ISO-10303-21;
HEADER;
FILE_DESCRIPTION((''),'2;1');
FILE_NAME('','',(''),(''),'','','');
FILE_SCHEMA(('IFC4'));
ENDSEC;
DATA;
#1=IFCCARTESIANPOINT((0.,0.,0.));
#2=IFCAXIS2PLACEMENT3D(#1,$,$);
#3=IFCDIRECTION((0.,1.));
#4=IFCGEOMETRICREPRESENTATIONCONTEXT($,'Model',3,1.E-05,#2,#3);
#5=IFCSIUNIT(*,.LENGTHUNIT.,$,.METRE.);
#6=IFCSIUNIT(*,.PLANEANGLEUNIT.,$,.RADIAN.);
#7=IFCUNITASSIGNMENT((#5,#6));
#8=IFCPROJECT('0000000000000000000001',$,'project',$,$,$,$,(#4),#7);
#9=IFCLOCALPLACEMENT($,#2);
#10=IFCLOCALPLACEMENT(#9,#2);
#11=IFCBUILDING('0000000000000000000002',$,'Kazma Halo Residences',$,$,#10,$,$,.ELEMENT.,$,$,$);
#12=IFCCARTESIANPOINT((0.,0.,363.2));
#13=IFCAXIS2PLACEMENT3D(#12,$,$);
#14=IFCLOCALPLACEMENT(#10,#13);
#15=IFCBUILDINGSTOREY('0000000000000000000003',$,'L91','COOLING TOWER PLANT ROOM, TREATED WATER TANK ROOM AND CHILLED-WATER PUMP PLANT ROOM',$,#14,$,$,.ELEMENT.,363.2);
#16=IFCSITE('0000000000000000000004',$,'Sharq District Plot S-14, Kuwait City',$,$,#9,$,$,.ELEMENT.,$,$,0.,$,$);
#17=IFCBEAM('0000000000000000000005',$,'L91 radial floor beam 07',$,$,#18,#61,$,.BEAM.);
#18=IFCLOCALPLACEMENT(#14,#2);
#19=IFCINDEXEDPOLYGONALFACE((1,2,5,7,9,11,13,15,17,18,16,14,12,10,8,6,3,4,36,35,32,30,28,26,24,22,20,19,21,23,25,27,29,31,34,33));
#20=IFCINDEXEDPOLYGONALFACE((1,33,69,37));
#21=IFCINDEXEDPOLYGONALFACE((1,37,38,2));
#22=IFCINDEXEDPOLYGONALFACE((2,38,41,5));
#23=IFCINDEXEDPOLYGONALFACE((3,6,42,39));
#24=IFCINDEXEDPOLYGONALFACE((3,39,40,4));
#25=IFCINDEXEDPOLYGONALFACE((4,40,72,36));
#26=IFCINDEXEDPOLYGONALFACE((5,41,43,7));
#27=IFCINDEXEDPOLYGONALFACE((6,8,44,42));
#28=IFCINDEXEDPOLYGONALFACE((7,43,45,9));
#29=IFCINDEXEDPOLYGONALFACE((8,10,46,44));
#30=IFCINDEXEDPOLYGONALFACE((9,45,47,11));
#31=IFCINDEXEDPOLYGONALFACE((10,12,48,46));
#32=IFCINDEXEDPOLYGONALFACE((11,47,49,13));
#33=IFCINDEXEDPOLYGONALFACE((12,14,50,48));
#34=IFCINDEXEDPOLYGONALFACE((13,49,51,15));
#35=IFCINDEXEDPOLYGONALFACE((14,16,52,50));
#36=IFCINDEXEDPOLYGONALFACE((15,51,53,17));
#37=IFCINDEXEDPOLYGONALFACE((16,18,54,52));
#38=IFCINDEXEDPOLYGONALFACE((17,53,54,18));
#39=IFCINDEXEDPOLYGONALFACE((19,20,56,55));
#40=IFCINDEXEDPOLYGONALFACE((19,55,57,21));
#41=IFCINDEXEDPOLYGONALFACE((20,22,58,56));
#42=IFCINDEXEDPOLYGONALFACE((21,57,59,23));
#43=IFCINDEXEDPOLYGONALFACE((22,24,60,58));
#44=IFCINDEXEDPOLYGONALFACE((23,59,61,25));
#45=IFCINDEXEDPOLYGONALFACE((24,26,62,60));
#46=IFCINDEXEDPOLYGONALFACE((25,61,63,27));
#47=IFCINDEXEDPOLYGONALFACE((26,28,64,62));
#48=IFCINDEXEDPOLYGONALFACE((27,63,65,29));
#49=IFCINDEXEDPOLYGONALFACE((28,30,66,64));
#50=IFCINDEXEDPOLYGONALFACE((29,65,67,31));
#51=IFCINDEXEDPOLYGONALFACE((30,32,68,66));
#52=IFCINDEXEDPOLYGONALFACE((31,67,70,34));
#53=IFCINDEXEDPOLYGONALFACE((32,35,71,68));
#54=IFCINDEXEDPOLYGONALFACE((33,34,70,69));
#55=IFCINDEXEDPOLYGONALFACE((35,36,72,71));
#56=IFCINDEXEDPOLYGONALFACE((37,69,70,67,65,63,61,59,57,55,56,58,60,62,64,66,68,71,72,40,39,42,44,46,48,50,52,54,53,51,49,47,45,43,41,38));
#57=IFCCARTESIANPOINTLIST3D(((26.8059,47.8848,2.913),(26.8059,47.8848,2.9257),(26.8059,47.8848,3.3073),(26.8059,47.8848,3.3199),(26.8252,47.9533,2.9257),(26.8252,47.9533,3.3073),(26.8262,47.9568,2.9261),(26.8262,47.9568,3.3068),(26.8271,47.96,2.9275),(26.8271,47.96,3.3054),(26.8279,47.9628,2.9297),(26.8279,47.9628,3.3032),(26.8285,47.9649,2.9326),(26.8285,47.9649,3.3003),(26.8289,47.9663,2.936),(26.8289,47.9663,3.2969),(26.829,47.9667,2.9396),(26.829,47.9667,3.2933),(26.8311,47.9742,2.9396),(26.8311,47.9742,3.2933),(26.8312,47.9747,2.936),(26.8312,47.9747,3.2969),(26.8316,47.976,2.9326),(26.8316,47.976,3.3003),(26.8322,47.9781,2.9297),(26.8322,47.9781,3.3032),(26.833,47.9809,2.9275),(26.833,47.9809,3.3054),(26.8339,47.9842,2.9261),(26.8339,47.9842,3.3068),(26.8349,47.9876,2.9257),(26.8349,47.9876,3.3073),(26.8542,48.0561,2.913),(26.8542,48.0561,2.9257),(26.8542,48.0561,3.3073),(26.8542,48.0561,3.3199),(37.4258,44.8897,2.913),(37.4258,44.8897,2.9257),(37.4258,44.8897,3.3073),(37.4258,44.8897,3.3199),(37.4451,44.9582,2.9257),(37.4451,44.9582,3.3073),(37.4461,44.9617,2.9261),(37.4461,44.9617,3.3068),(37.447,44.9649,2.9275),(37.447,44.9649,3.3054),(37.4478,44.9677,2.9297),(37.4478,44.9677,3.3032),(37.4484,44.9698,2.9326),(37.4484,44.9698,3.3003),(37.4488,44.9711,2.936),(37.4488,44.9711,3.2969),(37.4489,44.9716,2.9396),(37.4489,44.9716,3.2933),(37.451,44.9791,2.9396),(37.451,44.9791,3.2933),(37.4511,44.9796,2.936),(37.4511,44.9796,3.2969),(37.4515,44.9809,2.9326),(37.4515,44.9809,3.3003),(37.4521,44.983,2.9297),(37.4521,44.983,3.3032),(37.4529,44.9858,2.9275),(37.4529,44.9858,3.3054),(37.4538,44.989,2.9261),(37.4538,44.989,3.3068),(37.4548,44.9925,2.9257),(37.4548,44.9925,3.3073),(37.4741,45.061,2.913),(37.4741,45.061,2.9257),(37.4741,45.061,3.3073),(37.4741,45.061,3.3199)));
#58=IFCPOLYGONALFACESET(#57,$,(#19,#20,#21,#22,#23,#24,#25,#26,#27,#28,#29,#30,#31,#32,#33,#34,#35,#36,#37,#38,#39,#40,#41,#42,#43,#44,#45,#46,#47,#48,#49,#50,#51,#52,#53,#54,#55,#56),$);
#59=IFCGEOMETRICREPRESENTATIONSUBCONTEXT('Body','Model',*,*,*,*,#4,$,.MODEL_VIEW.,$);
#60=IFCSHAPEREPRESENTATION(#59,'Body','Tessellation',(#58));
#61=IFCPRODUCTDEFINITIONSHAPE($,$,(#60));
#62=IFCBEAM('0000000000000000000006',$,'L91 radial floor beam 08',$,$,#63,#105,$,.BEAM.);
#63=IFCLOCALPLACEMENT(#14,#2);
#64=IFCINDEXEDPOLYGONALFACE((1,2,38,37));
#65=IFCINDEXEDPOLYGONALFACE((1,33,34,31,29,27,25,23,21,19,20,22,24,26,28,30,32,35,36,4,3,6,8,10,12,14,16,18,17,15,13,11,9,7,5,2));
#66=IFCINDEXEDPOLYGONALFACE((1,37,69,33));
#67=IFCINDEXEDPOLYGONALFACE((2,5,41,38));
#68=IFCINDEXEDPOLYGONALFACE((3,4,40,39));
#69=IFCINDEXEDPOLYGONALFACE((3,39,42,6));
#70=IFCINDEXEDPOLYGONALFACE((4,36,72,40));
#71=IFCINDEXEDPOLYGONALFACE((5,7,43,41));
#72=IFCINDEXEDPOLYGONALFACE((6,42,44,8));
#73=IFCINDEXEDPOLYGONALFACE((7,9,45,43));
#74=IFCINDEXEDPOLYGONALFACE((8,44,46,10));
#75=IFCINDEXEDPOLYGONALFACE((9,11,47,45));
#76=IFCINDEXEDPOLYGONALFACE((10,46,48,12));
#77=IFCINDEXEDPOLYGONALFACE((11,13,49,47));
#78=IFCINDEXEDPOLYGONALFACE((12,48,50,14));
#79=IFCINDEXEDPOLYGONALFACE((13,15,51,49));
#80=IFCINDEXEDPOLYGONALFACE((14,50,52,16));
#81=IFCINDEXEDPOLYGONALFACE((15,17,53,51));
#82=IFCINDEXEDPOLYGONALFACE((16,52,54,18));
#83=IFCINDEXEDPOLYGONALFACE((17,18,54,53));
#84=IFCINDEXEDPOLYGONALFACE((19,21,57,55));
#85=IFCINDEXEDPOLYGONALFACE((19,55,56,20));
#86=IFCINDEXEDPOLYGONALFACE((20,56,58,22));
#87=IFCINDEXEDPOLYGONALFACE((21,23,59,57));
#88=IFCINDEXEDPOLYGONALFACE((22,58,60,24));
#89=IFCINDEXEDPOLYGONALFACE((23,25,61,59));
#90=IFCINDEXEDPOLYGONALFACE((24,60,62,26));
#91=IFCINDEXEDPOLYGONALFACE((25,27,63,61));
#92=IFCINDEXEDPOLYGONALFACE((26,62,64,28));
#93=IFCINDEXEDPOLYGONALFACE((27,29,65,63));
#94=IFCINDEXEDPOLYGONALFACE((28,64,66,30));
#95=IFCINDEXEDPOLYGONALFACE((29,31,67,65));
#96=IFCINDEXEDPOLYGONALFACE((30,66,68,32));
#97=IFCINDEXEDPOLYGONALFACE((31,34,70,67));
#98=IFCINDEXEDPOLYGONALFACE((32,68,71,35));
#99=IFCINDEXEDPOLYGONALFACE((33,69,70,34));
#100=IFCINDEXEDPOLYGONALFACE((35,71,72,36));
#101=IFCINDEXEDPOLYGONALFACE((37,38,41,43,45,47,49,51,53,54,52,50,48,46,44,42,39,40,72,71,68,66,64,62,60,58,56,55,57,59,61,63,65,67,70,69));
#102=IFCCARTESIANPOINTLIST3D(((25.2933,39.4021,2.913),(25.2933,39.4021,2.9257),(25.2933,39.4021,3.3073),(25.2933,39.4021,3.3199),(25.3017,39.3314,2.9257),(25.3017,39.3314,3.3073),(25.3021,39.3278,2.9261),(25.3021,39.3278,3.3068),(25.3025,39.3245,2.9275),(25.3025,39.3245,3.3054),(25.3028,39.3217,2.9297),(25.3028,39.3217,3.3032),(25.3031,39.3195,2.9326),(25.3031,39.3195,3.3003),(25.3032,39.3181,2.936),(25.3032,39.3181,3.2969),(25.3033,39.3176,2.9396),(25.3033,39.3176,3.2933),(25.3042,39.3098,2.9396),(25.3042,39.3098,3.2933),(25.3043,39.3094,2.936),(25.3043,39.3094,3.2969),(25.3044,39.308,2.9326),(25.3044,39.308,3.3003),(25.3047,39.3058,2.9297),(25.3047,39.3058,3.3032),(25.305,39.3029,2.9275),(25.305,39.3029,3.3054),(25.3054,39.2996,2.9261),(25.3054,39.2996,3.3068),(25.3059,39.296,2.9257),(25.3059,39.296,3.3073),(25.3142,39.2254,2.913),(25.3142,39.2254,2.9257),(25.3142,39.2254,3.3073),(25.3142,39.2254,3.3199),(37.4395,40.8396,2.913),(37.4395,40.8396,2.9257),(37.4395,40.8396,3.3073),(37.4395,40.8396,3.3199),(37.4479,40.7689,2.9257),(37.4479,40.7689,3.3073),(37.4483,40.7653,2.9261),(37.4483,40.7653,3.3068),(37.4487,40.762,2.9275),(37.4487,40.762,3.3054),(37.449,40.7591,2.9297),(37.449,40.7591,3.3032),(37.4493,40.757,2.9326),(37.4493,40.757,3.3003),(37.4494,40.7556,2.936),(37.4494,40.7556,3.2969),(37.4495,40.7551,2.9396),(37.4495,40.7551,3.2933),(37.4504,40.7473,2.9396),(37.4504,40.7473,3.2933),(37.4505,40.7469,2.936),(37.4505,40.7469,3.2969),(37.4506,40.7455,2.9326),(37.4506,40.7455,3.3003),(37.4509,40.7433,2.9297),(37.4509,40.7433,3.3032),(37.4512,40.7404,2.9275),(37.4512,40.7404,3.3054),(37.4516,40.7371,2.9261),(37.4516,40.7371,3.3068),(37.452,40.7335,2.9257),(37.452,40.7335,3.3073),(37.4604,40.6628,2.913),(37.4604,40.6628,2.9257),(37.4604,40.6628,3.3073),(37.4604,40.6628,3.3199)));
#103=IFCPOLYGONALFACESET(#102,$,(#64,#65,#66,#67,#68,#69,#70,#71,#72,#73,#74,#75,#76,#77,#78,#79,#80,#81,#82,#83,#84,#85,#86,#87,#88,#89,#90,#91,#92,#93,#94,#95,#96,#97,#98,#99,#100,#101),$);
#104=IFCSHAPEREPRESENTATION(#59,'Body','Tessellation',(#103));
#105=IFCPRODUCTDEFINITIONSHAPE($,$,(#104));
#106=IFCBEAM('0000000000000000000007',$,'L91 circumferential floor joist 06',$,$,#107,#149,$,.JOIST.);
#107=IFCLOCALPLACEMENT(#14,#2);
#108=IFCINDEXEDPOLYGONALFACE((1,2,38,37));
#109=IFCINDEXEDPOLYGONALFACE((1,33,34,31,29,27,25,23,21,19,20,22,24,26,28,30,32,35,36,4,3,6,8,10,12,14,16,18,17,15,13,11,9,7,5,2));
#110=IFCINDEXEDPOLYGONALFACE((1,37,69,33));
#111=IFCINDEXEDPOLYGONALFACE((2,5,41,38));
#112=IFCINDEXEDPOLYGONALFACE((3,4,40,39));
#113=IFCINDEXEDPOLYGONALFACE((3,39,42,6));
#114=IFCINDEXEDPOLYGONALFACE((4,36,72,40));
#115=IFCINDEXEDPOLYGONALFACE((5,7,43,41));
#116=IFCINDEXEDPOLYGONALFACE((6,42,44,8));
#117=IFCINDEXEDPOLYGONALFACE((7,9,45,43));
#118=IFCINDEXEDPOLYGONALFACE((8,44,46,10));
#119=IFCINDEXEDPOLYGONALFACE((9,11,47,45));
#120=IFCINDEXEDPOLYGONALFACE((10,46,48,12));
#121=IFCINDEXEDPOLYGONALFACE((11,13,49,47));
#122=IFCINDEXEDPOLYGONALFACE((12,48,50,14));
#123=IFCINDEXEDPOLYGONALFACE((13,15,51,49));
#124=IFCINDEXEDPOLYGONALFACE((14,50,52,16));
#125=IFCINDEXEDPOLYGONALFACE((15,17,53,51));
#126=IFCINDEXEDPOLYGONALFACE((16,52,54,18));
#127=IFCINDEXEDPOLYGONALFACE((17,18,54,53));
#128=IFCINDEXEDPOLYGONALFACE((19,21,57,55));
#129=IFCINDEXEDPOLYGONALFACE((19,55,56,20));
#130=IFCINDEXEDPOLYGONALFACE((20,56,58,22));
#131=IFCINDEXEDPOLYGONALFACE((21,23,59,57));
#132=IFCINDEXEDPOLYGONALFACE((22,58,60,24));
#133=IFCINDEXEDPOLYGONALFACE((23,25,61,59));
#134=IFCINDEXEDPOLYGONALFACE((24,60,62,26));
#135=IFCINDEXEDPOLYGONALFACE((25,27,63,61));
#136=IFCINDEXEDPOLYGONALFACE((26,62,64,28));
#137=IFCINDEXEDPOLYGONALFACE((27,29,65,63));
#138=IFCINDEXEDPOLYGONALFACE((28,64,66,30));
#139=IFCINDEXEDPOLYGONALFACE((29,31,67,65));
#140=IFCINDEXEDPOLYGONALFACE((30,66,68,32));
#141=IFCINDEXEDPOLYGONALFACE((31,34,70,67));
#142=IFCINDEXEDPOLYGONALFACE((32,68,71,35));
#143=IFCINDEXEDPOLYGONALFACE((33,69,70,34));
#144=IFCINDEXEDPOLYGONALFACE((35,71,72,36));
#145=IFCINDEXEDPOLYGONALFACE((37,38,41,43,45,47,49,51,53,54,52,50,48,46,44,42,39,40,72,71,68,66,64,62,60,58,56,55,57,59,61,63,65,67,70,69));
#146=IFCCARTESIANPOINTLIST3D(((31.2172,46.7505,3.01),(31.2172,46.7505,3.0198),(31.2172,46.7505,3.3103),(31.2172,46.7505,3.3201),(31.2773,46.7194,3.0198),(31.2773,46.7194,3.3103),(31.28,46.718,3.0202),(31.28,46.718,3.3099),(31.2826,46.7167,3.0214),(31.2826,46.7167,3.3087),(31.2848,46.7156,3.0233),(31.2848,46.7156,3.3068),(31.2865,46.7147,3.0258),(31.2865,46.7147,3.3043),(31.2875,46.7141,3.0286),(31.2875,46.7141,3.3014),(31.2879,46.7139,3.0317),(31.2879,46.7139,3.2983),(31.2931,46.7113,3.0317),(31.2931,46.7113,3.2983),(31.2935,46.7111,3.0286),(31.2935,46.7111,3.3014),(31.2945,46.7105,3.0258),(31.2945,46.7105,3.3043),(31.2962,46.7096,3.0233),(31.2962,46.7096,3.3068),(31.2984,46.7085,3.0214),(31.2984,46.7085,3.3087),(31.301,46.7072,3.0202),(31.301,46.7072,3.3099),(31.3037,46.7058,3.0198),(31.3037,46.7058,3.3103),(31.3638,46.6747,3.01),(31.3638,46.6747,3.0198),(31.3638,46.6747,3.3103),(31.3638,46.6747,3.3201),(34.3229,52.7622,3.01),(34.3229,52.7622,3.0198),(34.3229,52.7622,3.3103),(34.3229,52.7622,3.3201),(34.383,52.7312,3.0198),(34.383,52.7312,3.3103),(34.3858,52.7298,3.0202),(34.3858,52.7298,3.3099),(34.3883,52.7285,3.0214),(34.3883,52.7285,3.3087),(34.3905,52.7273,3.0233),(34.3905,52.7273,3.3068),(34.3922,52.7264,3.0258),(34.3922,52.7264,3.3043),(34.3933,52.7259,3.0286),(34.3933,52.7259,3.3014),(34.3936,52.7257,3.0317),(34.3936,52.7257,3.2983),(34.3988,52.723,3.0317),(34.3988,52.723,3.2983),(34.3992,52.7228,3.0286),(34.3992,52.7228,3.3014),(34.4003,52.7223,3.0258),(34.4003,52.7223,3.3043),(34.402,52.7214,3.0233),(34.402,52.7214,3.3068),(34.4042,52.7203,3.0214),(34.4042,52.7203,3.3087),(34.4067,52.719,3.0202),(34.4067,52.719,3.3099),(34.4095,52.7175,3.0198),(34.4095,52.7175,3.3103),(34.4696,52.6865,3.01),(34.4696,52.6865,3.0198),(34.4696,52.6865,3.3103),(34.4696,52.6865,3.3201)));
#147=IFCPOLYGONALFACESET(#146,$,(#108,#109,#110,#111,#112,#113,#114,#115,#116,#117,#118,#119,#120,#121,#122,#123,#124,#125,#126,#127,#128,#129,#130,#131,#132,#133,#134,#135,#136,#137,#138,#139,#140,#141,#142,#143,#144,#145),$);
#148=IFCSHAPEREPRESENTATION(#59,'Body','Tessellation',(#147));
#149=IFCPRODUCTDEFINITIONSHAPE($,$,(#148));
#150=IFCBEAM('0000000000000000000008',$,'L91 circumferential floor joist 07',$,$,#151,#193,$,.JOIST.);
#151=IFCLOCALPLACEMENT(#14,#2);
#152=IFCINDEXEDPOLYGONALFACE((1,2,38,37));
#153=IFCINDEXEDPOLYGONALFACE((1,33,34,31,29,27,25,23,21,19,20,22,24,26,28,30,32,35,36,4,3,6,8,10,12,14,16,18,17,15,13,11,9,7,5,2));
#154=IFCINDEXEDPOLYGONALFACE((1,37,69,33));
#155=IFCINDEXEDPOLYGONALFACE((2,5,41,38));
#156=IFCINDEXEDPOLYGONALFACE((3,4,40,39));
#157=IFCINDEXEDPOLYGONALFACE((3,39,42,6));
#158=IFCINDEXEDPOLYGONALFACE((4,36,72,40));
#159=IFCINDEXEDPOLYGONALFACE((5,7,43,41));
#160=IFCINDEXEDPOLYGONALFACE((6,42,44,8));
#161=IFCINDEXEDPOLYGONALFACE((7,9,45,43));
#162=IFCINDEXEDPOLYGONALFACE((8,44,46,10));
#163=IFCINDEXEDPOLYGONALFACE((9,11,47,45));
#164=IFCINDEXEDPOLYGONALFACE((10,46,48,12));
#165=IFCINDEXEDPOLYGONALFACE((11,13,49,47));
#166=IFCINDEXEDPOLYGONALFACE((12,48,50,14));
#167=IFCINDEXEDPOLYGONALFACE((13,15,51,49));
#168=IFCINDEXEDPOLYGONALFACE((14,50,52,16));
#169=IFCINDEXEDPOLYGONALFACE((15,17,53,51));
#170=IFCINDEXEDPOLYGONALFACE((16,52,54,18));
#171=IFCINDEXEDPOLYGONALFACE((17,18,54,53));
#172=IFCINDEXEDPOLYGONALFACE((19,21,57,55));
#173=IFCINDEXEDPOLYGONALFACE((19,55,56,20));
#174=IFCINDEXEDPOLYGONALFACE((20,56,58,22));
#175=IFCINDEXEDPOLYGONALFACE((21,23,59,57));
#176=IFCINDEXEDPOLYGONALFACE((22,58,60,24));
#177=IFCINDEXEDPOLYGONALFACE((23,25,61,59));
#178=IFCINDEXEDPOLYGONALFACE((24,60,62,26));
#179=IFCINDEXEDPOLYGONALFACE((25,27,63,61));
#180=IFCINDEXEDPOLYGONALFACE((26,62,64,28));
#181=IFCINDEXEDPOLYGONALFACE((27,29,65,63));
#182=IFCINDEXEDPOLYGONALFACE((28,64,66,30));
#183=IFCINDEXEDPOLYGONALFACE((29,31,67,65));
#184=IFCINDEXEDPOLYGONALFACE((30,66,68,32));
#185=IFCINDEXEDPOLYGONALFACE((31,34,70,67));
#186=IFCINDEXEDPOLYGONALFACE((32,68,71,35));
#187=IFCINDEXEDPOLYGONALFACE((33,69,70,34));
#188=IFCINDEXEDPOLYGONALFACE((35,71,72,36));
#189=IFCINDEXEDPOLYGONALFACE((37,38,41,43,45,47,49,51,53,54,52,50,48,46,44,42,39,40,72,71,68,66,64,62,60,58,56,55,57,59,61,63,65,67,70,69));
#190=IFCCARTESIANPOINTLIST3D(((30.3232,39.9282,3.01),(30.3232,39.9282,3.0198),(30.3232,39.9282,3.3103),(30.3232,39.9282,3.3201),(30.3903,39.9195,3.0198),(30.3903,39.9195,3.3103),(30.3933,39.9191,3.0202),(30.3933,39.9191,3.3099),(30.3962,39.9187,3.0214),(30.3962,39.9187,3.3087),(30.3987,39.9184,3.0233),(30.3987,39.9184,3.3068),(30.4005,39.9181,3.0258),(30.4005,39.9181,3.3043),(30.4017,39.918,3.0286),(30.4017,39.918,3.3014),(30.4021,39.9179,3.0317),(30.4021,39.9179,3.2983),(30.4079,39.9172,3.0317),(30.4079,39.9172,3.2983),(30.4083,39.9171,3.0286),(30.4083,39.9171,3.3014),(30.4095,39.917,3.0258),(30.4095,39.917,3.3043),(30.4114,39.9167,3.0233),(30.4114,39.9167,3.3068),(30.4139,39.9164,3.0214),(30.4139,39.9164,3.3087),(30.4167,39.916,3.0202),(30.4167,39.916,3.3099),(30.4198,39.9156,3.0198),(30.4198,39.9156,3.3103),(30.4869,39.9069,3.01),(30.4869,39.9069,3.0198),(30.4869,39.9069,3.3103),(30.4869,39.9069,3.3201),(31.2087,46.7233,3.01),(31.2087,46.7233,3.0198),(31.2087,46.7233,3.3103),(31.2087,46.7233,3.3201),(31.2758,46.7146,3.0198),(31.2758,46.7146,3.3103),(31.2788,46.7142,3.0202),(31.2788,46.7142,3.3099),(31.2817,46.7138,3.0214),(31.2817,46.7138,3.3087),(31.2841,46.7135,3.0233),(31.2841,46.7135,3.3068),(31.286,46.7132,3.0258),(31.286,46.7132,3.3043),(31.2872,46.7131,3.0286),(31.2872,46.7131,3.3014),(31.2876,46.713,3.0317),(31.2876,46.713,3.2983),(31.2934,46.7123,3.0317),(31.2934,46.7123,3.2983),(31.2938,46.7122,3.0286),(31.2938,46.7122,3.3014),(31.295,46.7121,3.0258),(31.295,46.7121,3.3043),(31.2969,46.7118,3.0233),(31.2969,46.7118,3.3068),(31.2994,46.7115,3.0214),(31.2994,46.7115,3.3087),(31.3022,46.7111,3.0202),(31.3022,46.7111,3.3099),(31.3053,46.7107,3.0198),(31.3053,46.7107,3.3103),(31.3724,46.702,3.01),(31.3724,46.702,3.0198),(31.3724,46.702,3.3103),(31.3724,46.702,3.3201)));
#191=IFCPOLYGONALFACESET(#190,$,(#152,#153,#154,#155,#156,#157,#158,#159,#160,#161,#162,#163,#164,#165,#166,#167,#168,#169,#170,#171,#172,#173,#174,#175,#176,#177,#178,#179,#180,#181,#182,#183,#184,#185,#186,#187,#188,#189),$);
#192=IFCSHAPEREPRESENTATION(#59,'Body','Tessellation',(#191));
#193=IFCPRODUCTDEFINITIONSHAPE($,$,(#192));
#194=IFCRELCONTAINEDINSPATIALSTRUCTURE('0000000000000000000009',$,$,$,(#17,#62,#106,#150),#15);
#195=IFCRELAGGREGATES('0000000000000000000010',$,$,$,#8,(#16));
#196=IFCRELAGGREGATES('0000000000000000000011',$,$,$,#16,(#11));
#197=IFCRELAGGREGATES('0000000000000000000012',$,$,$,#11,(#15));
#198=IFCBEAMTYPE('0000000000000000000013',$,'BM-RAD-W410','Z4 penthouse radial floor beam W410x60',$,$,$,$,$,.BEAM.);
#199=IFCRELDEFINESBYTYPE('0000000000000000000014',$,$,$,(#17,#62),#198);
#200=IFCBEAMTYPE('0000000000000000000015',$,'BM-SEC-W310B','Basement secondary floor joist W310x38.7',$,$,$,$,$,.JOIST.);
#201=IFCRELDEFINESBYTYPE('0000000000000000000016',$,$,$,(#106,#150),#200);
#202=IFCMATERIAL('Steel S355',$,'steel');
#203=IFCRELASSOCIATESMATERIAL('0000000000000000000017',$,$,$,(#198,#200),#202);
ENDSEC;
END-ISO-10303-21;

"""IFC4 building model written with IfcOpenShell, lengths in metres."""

from ifc_helpers import new_model, si_unit, direction, frame, origin, origin_2d, place, context, subcontext, project, spatial, i_section, extrude, material, material_profile, profile_set, type_object, element, save


model = new_model("IFC4")

# Units and contexts
model_context = context("Model", 3, precision=1e-05, world=origin(), true_north=direction((0.0, 1.0)))
body_context = subcontext(model_context, "Body", "Model", "MODEL_VIEW")
ifc_project = project(units=[si_unit("LENGTHUNIT", "METRE"), si_unit("PLANEANGLEUNIT", "RADIAN")], contexts=[model_context])

# Site, building, storey
site_placement = place(None, origin())
site = spatial("IfcSite", under=ifc_project, at=site_placement, Name="Sharq District Plot S-14, Kuwait City", CompositionType="ELEMENT", RefElevation=0.0)
building_placement = place(site_placement, origin())
building = spatial("IfcBuilding", under=site, at=building_placement, Name="Kazma Halo Residences", CompositionType="ELEMENT")
storey_placement = place(building_placement, frame((0.0, 0.0, 363.2)))
storey = spatial("IfcBuildingStorey", under=building, at=storey_placement, Name="L91", Description="COOLING TOWER PLANT ROOM, TREATED WATER TANK ROOM AND CHILLED-WATER PUMP PLANT ROOM", CompositionType="ELEMENT", Elevation=363.2)

# Shared definitions
ifc_material_1 = material(Name="Steel S355", Category="steel")

# Beams
ifc_material_profile_1 = material_profile(ifc_material_1, i_section(OverallWidth=0.178, OverallDepth=0.407, WebThickness=0.0078, FlangeThickness=0.0127, FilletRadius=0.0139, at=origin_2d()), Name="W410x60")
ifc_profile_set_1 = profile_set([ifc_material_profile_1], Name="Steel S355")
beam_type_1 = type_object("IfcBeamType", Name="BM-RAD-W410", Description="Z4 penthouse radial floor beam W410x60", PredefinedType="BEAM", material=ifc_profile_set_1)
beam_1_placement = place(storey_placement, frame((37.45, 44.9753, 3.1165), z_axis=(-0.962455, 0.271441, 0.0), x_axis=(-0.271441, -0.962455, 0.0)))
element("IfcBeam", 1, at=beam_1_placement, inside=storey, type_object=beam_type_1, Name="L91 radial floor beam 07", PredefinedType="BEAM", context=body_context, shape_type="SweptSolid", body=[
    extrude(i_section(OverallWidth=0.178, OverallDepth=0.407, WebThickness=0.0078, FlangeThickness=0.0127, FilletRadius=0.0139, at=origin_2d()), origin(), (0.0, 0.0, 1.0), 11.0342),
])
beam_2_placement = place(storey_placement, frame((37.45, 40.7512, 3.1165), z_axis=(-0.993069, -0.117529, 0.0), x_axis=(0.117529, -0.993069, 0.0)))
element("IfcBeam", 2, at=beam_2_placement, inside=storey, type_object=beam_type_1, Name="L91 radial floor beam 08", PredefinedType="BEAM", context=body_context, shape_type="SweptSolid", body=[
    extrude(i_section(OverallWidth=0.178, OverallDepth=0.407, WebThickness=0.0078, FlangeThickness=0.0127, FilletRadius=0.0139, at=origin_2d()), origin(), (0.0, 0.0, 1.0), 12.231),
])
ifc_material_profile_2 = material_profile(ifc_material_1, i_section(OverallWidth=0.165, OverallDepth=0.3101, WebThickness=0.0059, FlangeThickness=0.0098, FilletRadius=0.012, at=origin_2d()), Name="W310x38.7")
ifc_profile_set_2 = profile_set([ifc_material_profile_2], Name="Steel S355")
beam_type_2 = type_object("IfcBeamType", Name="BM-SEC-W310B", Description="Basement secondary floor joist W310x38.7", PredefinedType="JOIST", material=ifc_profile_set_2)
beam_3_placement = place(storey_placement, frame((34.3962, 52.7244, 3.165), z_axis=(-0.45898, -0.888447, 0.0), x_axis=(0.888447, -0.45898, 0.0)))
element("IfcBeam", 3, at=beam_3_placement, inside=storey, type_object=beam_type_2, Name="L91 circumferential floor joist 06", PredefinedType="JOIST", context=body_context, shape_type="SweptSolid", body=[
    extrude(i_section(OverallWidth=0.165, OverallDepth=0.3101, WebThickness=0.0059, FlangeThickness=0.0098, FilletRadius=0.012, at=origin_2d()), origin(), (0.0, 0.0, 1.0), 6.7666),
])
beam_4_placement = place(storey_placement, frame((31.2905, 46.7126, 3.165), z_axis=(-0.12922, -0.991616, 0.0), x_axis=(0.991616, -0.12922, 0.0)))
element("IfcBeam", 4, at=beam_4_placement, inside=storey, type_object=beam_type_2, Name="L91 circumferential floor joist 07", PredefinedType="JOIST", context=body_context, shape_type="SweptSolid", body=[
    extrude(i_section(OverallWidth=0.165, OverallDepth=0.3101, WebThickness=0.0059, FlangeThickness=0.0098, FilletRadius=0.012, at=origin_2d()), origin(), (0.0, 0.0, 1.0), 6.8525),
])

save(model, "model.ifc")
